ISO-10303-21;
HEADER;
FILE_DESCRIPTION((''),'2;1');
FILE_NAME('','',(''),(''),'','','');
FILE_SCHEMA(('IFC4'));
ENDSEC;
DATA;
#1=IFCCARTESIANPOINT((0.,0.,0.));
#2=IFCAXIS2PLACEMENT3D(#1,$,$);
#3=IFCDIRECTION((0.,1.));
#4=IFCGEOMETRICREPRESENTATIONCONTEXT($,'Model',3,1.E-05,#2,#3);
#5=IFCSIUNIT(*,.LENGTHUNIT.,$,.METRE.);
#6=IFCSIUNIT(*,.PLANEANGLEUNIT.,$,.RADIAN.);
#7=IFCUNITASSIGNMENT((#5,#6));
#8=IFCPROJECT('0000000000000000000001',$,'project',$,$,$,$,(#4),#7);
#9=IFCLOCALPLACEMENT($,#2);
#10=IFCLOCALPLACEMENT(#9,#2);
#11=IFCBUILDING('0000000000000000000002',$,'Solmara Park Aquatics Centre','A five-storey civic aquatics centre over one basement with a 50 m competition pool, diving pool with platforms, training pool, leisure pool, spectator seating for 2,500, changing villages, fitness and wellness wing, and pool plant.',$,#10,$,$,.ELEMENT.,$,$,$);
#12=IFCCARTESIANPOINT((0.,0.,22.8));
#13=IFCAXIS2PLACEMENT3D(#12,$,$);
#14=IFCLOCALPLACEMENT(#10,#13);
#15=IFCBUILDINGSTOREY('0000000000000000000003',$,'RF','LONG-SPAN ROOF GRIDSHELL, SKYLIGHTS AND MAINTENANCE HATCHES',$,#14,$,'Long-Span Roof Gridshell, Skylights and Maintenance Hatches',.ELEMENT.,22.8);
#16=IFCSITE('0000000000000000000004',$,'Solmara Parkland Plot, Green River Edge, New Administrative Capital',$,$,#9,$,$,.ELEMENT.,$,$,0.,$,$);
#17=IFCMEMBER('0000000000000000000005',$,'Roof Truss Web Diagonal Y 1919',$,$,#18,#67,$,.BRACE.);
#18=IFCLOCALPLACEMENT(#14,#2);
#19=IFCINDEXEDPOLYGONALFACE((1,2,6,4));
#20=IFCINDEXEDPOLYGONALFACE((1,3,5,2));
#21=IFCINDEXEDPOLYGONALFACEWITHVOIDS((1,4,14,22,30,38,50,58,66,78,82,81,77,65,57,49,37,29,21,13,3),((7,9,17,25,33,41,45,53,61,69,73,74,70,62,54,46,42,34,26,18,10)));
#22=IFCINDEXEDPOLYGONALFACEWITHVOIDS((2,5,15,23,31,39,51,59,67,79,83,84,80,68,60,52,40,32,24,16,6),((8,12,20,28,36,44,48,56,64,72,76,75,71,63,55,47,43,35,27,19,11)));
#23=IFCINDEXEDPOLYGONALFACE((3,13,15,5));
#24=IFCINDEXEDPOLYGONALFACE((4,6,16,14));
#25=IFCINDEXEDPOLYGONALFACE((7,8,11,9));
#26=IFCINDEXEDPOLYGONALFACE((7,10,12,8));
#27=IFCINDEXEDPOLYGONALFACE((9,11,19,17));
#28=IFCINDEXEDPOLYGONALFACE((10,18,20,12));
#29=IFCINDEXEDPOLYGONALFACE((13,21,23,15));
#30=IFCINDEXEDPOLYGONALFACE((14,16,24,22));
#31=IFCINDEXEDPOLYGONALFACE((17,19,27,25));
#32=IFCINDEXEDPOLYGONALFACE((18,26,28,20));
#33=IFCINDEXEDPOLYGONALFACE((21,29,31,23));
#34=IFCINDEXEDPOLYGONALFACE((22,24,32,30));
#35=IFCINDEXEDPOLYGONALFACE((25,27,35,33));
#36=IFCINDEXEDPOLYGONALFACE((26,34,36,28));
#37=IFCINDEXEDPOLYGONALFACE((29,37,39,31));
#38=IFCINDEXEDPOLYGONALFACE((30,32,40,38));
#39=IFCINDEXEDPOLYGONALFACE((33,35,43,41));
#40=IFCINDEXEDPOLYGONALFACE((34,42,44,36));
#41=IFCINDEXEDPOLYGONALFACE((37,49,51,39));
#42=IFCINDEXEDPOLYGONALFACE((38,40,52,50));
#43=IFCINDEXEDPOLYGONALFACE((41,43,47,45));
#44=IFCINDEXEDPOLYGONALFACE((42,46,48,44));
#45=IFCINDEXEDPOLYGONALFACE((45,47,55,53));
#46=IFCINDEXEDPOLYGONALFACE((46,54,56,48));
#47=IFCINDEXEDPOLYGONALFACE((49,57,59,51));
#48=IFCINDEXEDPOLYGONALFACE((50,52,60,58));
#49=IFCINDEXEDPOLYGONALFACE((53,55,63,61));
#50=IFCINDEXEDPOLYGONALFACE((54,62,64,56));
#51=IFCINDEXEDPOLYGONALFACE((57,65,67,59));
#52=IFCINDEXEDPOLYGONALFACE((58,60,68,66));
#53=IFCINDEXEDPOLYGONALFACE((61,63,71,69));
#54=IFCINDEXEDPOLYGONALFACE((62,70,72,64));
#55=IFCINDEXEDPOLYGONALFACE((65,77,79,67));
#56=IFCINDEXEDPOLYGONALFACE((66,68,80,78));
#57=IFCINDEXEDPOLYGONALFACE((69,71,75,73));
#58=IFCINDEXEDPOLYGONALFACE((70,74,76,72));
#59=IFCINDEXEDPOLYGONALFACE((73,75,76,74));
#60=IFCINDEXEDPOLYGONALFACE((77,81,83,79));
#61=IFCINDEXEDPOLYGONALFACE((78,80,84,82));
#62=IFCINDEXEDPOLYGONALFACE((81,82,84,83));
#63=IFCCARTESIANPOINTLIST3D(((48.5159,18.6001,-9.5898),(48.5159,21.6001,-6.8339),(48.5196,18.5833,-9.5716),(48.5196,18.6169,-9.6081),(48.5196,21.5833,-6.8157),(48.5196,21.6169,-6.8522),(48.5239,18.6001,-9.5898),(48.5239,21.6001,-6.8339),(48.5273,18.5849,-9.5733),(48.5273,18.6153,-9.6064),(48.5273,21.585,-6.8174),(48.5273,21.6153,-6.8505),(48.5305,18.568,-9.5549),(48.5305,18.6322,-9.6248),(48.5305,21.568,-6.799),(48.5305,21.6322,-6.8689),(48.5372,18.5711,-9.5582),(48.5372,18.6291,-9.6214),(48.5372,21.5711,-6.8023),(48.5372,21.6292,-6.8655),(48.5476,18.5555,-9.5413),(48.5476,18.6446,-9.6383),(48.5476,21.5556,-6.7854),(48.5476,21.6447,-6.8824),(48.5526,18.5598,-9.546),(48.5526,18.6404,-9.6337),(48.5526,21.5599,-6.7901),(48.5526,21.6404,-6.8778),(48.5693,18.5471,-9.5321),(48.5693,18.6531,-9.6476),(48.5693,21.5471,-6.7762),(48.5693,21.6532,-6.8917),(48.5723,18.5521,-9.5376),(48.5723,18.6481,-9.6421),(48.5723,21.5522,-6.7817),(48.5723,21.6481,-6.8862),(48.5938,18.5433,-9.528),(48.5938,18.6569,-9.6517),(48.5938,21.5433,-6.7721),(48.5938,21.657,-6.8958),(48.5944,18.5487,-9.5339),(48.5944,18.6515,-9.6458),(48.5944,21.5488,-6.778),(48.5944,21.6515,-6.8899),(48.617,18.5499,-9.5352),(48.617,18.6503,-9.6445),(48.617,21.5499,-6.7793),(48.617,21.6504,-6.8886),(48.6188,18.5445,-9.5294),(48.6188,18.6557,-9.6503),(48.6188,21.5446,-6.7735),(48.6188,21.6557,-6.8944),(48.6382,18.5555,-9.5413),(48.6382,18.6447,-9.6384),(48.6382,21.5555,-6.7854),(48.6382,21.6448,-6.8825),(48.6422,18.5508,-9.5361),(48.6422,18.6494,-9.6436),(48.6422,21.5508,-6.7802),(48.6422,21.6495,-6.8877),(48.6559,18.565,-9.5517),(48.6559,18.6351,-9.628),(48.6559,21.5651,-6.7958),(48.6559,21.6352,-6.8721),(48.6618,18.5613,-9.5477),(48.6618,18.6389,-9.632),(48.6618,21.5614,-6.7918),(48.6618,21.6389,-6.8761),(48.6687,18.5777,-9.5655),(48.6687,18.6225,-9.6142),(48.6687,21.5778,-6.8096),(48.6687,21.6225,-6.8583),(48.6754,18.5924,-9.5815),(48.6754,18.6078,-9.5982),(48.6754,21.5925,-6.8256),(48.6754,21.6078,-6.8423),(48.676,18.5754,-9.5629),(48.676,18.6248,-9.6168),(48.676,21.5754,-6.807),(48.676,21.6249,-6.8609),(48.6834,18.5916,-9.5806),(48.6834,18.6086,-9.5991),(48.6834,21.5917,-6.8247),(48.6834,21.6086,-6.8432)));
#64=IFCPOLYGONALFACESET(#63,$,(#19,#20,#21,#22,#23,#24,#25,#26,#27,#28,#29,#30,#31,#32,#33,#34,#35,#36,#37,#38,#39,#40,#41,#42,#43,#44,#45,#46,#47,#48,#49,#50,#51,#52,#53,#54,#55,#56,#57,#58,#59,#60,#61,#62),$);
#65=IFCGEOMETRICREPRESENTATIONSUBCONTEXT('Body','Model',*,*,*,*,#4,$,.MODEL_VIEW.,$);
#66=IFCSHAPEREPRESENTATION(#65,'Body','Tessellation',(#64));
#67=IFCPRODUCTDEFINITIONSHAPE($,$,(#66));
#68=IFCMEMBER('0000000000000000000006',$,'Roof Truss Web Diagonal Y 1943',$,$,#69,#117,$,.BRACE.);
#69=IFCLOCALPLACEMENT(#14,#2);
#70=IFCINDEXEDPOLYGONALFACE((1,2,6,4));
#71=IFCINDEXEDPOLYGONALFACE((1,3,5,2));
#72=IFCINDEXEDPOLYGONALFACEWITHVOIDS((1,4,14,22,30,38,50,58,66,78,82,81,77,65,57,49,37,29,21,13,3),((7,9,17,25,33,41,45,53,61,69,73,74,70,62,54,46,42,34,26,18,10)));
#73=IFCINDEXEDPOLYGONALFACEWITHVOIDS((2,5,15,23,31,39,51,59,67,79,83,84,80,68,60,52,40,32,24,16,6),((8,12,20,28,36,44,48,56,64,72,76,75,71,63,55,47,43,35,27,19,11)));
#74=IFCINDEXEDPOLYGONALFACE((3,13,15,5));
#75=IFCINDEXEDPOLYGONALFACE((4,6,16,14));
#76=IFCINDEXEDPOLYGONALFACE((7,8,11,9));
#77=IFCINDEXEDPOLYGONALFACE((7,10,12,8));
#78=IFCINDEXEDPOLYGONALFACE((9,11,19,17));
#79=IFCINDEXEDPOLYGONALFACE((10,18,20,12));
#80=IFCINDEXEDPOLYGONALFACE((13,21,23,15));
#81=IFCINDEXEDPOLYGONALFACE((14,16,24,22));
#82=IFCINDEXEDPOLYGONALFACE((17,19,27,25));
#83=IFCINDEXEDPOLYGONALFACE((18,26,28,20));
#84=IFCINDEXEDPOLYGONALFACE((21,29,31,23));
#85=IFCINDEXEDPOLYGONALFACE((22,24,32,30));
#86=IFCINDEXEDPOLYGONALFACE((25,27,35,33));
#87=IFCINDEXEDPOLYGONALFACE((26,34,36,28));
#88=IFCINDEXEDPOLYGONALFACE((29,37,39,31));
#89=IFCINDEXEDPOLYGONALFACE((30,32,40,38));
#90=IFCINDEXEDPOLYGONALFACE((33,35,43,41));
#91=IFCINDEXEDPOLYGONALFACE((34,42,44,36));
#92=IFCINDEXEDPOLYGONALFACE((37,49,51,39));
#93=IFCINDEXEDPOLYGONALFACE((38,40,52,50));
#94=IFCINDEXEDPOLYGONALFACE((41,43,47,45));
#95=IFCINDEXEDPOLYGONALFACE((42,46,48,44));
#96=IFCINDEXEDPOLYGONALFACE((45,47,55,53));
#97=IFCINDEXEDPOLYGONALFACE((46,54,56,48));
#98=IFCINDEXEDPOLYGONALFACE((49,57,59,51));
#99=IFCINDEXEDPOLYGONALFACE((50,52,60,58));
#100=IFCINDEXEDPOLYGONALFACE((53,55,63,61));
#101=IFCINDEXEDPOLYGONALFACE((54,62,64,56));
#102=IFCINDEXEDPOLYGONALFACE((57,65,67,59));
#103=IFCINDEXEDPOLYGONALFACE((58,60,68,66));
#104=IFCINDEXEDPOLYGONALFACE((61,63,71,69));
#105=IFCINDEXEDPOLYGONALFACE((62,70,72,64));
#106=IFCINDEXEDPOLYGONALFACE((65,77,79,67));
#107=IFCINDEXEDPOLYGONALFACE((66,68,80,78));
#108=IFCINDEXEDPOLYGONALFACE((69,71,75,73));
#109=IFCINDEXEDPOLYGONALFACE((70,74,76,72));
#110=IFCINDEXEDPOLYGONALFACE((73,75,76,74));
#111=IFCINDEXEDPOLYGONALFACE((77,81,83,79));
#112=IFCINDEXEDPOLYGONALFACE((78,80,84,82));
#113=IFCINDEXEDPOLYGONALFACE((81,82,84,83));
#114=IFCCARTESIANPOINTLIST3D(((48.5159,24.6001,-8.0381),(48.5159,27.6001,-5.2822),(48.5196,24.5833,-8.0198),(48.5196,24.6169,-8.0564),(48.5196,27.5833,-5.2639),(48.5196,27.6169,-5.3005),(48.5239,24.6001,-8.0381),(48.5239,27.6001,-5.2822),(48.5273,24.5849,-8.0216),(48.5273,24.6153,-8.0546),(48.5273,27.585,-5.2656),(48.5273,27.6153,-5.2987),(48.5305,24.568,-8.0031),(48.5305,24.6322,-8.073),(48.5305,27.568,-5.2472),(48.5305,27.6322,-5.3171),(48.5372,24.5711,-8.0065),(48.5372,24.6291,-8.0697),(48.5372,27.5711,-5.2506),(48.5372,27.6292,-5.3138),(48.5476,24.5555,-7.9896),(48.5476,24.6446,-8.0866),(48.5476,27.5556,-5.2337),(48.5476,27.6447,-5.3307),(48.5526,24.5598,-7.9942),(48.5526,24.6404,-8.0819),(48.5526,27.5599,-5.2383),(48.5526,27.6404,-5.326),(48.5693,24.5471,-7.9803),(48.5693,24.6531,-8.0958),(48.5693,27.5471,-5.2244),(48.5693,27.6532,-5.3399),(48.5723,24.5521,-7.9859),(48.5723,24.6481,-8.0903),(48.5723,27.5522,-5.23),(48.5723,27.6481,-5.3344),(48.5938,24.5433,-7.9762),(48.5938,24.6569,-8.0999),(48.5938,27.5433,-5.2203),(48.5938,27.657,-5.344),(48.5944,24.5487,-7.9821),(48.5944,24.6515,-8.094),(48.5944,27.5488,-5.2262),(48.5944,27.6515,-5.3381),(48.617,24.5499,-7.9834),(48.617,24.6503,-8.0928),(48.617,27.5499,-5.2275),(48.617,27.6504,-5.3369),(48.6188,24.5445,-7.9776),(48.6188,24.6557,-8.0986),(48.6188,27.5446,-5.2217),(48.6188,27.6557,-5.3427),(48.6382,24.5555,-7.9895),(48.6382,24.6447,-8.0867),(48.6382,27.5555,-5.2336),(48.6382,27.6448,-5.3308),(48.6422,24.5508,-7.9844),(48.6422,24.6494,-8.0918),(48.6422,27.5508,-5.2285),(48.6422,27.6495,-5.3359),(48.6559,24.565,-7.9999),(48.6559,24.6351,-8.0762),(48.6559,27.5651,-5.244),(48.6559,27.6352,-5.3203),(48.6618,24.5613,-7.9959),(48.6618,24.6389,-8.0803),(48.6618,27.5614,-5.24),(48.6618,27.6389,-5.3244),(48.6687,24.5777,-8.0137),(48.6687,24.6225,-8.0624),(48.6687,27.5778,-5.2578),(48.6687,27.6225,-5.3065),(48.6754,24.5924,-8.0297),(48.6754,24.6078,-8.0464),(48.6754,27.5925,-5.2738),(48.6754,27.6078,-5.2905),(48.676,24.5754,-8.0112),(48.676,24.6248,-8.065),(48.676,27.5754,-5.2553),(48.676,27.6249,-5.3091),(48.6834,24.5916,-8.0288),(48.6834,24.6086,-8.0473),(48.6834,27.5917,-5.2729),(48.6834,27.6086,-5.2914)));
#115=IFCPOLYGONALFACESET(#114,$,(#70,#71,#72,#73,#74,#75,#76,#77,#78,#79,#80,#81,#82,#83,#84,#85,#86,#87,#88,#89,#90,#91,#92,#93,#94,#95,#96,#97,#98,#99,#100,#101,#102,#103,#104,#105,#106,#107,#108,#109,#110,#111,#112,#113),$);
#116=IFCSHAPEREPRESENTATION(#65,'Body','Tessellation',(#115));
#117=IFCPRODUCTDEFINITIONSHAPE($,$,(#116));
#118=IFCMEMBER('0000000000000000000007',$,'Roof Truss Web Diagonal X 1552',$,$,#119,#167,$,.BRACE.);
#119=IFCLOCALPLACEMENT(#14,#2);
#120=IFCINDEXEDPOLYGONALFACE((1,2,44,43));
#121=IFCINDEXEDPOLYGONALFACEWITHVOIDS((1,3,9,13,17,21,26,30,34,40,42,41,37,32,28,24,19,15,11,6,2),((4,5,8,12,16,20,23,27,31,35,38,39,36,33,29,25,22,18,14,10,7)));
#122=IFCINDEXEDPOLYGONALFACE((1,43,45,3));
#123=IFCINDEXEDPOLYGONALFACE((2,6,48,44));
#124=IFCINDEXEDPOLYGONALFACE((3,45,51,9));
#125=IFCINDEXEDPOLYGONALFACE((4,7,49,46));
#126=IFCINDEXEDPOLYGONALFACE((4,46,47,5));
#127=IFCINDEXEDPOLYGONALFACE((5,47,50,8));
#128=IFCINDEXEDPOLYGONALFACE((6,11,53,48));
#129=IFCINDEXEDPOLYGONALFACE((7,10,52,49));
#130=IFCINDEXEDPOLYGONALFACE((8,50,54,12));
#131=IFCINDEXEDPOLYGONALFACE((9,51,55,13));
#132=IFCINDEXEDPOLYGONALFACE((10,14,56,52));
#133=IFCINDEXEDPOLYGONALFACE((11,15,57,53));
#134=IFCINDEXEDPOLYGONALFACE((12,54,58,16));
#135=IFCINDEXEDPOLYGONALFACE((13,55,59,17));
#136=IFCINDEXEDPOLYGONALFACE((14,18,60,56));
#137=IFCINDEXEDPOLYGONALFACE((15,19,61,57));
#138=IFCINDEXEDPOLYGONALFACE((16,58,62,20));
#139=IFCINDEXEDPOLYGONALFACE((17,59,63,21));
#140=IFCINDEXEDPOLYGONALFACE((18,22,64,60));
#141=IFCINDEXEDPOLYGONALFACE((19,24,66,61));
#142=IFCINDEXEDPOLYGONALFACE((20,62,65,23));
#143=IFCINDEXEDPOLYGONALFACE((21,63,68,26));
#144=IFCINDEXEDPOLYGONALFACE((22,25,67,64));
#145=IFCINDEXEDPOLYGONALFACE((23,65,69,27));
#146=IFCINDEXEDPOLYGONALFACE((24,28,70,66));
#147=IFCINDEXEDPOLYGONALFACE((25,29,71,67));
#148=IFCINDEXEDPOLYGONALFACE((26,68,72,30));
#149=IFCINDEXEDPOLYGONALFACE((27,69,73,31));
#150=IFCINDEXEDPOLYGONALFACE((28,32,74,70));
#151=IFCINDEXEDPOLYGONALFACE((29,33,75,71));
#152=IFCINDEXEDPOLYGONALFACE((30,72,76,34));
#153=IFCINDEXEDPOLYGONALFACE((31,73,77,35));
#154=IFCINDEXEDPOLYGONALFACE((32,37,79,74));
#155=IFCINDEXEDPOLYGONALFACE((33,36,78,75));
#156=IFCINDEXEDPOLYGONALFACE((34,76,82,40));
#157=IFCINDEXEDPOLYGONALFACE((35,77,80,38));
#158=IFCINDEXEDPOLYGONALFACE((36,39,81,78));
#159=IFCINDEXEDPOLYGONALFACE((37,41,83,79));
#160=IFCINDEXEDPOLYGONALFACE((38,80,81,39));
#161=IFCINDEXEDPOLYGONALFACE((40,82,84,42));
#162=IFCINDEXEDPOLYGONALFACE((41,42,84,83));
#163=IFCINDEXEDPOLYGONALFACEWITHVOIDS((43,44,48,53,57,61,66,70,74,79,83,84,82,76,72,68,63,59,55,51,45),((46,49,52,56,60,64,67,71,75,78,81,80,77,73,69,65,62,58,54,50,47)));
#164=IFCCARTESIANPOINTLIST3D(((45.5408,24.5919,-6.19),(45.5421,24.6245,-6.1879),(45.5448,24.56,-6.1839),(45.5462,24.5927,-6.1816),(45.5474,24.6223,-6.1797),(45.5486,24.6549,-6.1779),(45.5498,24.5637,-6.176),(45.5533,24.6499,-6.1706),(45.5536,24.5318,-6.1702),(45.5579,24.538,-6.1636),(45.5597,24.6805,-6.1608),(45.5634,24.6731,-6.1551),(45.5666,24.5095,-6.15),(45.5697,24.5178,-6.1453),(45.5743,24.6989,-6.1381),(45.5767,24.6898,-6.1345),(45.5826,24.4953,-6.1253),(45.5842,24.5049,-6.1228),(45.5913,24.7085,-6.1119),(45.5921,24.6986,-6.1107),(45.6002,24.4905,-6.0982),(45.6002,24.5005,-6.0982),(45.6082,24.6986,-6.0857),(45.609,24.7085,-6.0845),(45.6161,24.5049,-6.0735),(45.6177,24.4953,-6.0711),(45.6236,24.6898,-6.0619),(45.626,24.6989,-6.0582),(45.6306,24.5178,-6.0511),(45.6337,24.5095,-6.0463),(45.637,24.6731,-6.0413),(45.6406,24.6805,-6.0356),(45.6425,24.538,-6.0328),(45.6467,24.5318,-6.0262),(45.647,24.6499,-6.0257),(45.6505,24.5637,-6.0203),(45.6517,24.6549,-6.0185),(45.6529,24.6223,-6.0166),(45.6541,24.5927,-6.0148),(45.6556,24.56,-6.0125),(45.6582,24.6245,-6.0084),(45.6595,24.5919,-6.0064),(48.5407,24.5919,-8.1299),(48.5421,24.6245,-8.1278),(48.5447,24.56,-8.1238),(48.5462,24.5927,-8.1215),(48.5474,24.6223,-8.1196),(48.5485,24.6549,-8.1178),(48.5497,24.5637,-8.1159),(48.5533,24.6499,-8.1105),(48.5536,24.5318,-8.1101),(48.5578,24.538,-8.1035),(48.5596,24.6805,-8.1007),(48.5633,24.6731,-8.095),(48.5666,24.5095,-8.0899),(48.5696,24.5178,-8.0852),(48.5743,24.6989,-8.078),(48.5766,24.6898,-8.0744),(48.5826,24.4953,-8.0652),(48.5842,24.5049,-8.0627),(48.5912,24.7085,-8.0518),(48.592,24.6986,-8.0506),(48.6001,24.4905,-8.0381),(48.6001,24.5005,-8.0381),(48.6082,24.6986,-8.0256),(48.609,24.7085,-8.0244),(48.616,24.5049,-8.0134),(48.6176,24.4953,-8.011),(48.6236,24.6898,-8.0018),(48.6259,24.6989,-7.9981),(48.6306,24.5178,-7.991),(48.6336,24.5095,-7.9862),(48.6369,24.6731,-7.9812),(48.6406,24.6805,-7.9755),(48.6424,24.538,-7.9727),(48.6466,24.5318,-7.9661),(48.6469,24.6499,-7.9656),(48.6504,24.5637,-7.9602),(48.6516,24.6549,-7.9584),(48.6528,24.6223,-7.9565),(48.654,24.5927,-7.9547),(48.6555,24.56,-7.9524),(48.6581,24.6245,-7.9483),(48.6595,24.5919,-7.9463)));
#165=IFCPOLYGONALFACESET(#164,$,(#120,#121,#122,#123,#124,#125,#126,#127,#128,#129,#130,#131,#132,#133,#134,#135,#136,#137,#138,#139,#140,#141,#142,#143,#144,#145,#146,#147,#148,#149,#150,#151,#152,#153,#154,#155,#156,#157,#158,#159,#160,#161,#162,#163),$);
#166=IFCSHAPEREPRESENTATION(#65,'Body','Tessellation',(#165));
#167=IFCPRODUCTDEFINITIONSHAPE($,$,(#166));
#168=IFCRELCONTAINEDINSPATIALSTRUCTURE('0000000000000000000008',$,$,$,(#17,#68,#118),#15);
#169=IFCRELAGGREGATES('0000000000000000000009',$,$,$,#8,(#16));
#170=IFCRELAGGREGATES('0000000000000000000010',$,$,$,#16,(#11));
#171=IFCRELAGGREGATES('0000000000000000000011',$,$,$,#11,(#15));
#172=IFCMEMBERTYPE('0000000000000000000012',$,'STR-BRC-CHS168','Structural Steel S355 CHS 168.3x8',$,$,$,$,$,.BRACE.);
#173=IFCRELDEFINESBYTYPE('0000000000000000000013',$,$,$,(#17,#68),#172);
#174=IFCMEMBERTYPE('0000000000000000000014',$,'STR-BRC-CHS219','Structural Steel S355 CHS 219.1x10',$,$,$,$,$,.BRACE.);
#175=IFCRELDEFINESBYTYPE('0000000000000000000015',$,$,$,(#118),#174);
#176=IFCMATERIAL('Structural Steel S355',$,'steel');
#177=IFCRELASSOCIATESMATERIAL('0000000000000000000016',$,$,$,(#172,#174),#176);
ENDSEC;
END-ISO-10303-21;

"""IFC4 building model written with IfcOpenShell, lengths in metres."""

from ifc_helpers import new_model, si_unit, direction, frame, origin, origin_2d, place, context, subcontext, project, spatial, hollow_circle, extrude, material, material_profile, profile_set, type_object, element, save


model = new_model("IFC4")

# Units and contexts
model_context = context("Model", 3, precision=1e-05, world=origin(), true_north=direction((0.0, 1.0)))
body_context = subcontext(model_context, "Body", "Model", "MODEL_VIEW")
ifc_project = project(units=[si_unit("LENGTHUNIT", "METRE"), si_unit("PLANEANGLEUNIT", "RADIAN")], contexts=[model_context])

# Site, building, storey
site_placement = place(None, origin())
site = spatial("IfcSite", under=ifc_project, at=site_placement, Name="Solmara Parkland Plot, Green River Edge, New Administrative Capital", CompositionType="ELEMENT", RefElevation=0.0)
building_placement = place(site_placement, origin())
building = spatial("IfcBuilding", under=site, at=building_placement, Name="Solmara Park Aquatics Centre", Description="A five-storey civic aquatics centre over one basement with a 50 m competition pool, diving pool with platforms, training pool, leisure pool, spectator seating for 2,500, changing villages, fitness and wellness wing, and pool plant.", CompositionType="ELEMENT")
storey_placement = place(building_placement, frame((0.0, 0.0, 22.8)))
storey = spatial("IfcBuildingStorey", under=building, at=storey_placement, Name="RF", Description="LONG-SPAN ROOF GRIDSHELL, SKYLIGHTS AND MAINTENANCE HATCHES", LongName="Long-Span Roof Gridshell, Skylights and Maintenance Hatches", CompositionType="ELEMENT", Elevation=22.8)

# Members
ifc_material_1 = material(Name="Structural Steel S355", Category="steel")
ifc_material_profile_1 = material_profile(ifc_material_1, hollow_circle(Radius=0.0842, WallThickness=0.0081, at=origin_2d()), Name="CHS 168.3x8")
ifc_profile_set_1 = profile_set([ifc_material_profile_1], Name="Structural Steel S355")
member_type_1 = type_object("IfcMemberType", Name="STR-BRC-CHS168", Description="Structural Steel S355 CHS 168.3x8", PredefinedType="BRACE", material=ifc_profile_set_1)
for number, where, z_axis, x_axis, name in (
    (1, (48.6001, 18.6001, -9.5898), (0.0, 0.736437, 0.676506), (-1.0, 0.0, 0.0), "Roof Truss Web Diagonal Y 1919"),
    (2, (48.6001, 24.6001, -8.0381), (0.0, 0.736437, 0.676506), (-1.0, 0.0, 0.0), "Roof Truss Web Diagonal Y 1943"),
):
    element("IfcMember", number, at=place(storey_placement, frame(where, z_axis=z_axis, x_axis=x_axis)), inside=storey, type_object=member_type_1, Name=name, PredefinedType="BRACE", context=body_context, shape_type="SweptSolid", body=[
        extrude(hollow_circle(Radius=0.0842, WallThickness=0.0081, at=origin_2d()), origin(), (0.0, 0.0, 1.0), 4.0737),
    ])
ifc_material_profile_2 = material_profile(ifc_material_1, hollow_circle(Radius=0.1096, WallThickness=0.01, at=origin_2d()), Name="CHS 219.1x10")
ifc_profile_set_2 = profile_set([ifc_material_profile_2], Name="Structural Steel S355")
member_type_2 = type_object("IfcMemberType", Name="STR-BRC-CHS219", Description="Structural Steel S355 CHS 219.1x10", PredefinedType="BRACE", material=ifc_profile_set_2)
for number, where, z_axis, x_axis, name in (
    (3, (48.6001, 24.6001, -8.0381), (-0.839728, 0.0, 0.543008), (0.0, -1.0, 0.0), "Roof Truss Web Diagonal X 1552"),
):
    element("IfcMember", number, at=place(storey_placement, frame(where, z_axis=z_axis, x_axis=x_axis)), inside=storey, type_object=member_type_2, Name=name, PredefinedType="BRACE", context=body_context, shape_type="SweptSolid", body=[
        extrude(hollow_circle(Radius=0.1096, WallThickness=0.01, at=origin_2d()), origin(), (0.0, 0.0, 1.0), 3.5725),
    ])

save(model, "model.ifc")
